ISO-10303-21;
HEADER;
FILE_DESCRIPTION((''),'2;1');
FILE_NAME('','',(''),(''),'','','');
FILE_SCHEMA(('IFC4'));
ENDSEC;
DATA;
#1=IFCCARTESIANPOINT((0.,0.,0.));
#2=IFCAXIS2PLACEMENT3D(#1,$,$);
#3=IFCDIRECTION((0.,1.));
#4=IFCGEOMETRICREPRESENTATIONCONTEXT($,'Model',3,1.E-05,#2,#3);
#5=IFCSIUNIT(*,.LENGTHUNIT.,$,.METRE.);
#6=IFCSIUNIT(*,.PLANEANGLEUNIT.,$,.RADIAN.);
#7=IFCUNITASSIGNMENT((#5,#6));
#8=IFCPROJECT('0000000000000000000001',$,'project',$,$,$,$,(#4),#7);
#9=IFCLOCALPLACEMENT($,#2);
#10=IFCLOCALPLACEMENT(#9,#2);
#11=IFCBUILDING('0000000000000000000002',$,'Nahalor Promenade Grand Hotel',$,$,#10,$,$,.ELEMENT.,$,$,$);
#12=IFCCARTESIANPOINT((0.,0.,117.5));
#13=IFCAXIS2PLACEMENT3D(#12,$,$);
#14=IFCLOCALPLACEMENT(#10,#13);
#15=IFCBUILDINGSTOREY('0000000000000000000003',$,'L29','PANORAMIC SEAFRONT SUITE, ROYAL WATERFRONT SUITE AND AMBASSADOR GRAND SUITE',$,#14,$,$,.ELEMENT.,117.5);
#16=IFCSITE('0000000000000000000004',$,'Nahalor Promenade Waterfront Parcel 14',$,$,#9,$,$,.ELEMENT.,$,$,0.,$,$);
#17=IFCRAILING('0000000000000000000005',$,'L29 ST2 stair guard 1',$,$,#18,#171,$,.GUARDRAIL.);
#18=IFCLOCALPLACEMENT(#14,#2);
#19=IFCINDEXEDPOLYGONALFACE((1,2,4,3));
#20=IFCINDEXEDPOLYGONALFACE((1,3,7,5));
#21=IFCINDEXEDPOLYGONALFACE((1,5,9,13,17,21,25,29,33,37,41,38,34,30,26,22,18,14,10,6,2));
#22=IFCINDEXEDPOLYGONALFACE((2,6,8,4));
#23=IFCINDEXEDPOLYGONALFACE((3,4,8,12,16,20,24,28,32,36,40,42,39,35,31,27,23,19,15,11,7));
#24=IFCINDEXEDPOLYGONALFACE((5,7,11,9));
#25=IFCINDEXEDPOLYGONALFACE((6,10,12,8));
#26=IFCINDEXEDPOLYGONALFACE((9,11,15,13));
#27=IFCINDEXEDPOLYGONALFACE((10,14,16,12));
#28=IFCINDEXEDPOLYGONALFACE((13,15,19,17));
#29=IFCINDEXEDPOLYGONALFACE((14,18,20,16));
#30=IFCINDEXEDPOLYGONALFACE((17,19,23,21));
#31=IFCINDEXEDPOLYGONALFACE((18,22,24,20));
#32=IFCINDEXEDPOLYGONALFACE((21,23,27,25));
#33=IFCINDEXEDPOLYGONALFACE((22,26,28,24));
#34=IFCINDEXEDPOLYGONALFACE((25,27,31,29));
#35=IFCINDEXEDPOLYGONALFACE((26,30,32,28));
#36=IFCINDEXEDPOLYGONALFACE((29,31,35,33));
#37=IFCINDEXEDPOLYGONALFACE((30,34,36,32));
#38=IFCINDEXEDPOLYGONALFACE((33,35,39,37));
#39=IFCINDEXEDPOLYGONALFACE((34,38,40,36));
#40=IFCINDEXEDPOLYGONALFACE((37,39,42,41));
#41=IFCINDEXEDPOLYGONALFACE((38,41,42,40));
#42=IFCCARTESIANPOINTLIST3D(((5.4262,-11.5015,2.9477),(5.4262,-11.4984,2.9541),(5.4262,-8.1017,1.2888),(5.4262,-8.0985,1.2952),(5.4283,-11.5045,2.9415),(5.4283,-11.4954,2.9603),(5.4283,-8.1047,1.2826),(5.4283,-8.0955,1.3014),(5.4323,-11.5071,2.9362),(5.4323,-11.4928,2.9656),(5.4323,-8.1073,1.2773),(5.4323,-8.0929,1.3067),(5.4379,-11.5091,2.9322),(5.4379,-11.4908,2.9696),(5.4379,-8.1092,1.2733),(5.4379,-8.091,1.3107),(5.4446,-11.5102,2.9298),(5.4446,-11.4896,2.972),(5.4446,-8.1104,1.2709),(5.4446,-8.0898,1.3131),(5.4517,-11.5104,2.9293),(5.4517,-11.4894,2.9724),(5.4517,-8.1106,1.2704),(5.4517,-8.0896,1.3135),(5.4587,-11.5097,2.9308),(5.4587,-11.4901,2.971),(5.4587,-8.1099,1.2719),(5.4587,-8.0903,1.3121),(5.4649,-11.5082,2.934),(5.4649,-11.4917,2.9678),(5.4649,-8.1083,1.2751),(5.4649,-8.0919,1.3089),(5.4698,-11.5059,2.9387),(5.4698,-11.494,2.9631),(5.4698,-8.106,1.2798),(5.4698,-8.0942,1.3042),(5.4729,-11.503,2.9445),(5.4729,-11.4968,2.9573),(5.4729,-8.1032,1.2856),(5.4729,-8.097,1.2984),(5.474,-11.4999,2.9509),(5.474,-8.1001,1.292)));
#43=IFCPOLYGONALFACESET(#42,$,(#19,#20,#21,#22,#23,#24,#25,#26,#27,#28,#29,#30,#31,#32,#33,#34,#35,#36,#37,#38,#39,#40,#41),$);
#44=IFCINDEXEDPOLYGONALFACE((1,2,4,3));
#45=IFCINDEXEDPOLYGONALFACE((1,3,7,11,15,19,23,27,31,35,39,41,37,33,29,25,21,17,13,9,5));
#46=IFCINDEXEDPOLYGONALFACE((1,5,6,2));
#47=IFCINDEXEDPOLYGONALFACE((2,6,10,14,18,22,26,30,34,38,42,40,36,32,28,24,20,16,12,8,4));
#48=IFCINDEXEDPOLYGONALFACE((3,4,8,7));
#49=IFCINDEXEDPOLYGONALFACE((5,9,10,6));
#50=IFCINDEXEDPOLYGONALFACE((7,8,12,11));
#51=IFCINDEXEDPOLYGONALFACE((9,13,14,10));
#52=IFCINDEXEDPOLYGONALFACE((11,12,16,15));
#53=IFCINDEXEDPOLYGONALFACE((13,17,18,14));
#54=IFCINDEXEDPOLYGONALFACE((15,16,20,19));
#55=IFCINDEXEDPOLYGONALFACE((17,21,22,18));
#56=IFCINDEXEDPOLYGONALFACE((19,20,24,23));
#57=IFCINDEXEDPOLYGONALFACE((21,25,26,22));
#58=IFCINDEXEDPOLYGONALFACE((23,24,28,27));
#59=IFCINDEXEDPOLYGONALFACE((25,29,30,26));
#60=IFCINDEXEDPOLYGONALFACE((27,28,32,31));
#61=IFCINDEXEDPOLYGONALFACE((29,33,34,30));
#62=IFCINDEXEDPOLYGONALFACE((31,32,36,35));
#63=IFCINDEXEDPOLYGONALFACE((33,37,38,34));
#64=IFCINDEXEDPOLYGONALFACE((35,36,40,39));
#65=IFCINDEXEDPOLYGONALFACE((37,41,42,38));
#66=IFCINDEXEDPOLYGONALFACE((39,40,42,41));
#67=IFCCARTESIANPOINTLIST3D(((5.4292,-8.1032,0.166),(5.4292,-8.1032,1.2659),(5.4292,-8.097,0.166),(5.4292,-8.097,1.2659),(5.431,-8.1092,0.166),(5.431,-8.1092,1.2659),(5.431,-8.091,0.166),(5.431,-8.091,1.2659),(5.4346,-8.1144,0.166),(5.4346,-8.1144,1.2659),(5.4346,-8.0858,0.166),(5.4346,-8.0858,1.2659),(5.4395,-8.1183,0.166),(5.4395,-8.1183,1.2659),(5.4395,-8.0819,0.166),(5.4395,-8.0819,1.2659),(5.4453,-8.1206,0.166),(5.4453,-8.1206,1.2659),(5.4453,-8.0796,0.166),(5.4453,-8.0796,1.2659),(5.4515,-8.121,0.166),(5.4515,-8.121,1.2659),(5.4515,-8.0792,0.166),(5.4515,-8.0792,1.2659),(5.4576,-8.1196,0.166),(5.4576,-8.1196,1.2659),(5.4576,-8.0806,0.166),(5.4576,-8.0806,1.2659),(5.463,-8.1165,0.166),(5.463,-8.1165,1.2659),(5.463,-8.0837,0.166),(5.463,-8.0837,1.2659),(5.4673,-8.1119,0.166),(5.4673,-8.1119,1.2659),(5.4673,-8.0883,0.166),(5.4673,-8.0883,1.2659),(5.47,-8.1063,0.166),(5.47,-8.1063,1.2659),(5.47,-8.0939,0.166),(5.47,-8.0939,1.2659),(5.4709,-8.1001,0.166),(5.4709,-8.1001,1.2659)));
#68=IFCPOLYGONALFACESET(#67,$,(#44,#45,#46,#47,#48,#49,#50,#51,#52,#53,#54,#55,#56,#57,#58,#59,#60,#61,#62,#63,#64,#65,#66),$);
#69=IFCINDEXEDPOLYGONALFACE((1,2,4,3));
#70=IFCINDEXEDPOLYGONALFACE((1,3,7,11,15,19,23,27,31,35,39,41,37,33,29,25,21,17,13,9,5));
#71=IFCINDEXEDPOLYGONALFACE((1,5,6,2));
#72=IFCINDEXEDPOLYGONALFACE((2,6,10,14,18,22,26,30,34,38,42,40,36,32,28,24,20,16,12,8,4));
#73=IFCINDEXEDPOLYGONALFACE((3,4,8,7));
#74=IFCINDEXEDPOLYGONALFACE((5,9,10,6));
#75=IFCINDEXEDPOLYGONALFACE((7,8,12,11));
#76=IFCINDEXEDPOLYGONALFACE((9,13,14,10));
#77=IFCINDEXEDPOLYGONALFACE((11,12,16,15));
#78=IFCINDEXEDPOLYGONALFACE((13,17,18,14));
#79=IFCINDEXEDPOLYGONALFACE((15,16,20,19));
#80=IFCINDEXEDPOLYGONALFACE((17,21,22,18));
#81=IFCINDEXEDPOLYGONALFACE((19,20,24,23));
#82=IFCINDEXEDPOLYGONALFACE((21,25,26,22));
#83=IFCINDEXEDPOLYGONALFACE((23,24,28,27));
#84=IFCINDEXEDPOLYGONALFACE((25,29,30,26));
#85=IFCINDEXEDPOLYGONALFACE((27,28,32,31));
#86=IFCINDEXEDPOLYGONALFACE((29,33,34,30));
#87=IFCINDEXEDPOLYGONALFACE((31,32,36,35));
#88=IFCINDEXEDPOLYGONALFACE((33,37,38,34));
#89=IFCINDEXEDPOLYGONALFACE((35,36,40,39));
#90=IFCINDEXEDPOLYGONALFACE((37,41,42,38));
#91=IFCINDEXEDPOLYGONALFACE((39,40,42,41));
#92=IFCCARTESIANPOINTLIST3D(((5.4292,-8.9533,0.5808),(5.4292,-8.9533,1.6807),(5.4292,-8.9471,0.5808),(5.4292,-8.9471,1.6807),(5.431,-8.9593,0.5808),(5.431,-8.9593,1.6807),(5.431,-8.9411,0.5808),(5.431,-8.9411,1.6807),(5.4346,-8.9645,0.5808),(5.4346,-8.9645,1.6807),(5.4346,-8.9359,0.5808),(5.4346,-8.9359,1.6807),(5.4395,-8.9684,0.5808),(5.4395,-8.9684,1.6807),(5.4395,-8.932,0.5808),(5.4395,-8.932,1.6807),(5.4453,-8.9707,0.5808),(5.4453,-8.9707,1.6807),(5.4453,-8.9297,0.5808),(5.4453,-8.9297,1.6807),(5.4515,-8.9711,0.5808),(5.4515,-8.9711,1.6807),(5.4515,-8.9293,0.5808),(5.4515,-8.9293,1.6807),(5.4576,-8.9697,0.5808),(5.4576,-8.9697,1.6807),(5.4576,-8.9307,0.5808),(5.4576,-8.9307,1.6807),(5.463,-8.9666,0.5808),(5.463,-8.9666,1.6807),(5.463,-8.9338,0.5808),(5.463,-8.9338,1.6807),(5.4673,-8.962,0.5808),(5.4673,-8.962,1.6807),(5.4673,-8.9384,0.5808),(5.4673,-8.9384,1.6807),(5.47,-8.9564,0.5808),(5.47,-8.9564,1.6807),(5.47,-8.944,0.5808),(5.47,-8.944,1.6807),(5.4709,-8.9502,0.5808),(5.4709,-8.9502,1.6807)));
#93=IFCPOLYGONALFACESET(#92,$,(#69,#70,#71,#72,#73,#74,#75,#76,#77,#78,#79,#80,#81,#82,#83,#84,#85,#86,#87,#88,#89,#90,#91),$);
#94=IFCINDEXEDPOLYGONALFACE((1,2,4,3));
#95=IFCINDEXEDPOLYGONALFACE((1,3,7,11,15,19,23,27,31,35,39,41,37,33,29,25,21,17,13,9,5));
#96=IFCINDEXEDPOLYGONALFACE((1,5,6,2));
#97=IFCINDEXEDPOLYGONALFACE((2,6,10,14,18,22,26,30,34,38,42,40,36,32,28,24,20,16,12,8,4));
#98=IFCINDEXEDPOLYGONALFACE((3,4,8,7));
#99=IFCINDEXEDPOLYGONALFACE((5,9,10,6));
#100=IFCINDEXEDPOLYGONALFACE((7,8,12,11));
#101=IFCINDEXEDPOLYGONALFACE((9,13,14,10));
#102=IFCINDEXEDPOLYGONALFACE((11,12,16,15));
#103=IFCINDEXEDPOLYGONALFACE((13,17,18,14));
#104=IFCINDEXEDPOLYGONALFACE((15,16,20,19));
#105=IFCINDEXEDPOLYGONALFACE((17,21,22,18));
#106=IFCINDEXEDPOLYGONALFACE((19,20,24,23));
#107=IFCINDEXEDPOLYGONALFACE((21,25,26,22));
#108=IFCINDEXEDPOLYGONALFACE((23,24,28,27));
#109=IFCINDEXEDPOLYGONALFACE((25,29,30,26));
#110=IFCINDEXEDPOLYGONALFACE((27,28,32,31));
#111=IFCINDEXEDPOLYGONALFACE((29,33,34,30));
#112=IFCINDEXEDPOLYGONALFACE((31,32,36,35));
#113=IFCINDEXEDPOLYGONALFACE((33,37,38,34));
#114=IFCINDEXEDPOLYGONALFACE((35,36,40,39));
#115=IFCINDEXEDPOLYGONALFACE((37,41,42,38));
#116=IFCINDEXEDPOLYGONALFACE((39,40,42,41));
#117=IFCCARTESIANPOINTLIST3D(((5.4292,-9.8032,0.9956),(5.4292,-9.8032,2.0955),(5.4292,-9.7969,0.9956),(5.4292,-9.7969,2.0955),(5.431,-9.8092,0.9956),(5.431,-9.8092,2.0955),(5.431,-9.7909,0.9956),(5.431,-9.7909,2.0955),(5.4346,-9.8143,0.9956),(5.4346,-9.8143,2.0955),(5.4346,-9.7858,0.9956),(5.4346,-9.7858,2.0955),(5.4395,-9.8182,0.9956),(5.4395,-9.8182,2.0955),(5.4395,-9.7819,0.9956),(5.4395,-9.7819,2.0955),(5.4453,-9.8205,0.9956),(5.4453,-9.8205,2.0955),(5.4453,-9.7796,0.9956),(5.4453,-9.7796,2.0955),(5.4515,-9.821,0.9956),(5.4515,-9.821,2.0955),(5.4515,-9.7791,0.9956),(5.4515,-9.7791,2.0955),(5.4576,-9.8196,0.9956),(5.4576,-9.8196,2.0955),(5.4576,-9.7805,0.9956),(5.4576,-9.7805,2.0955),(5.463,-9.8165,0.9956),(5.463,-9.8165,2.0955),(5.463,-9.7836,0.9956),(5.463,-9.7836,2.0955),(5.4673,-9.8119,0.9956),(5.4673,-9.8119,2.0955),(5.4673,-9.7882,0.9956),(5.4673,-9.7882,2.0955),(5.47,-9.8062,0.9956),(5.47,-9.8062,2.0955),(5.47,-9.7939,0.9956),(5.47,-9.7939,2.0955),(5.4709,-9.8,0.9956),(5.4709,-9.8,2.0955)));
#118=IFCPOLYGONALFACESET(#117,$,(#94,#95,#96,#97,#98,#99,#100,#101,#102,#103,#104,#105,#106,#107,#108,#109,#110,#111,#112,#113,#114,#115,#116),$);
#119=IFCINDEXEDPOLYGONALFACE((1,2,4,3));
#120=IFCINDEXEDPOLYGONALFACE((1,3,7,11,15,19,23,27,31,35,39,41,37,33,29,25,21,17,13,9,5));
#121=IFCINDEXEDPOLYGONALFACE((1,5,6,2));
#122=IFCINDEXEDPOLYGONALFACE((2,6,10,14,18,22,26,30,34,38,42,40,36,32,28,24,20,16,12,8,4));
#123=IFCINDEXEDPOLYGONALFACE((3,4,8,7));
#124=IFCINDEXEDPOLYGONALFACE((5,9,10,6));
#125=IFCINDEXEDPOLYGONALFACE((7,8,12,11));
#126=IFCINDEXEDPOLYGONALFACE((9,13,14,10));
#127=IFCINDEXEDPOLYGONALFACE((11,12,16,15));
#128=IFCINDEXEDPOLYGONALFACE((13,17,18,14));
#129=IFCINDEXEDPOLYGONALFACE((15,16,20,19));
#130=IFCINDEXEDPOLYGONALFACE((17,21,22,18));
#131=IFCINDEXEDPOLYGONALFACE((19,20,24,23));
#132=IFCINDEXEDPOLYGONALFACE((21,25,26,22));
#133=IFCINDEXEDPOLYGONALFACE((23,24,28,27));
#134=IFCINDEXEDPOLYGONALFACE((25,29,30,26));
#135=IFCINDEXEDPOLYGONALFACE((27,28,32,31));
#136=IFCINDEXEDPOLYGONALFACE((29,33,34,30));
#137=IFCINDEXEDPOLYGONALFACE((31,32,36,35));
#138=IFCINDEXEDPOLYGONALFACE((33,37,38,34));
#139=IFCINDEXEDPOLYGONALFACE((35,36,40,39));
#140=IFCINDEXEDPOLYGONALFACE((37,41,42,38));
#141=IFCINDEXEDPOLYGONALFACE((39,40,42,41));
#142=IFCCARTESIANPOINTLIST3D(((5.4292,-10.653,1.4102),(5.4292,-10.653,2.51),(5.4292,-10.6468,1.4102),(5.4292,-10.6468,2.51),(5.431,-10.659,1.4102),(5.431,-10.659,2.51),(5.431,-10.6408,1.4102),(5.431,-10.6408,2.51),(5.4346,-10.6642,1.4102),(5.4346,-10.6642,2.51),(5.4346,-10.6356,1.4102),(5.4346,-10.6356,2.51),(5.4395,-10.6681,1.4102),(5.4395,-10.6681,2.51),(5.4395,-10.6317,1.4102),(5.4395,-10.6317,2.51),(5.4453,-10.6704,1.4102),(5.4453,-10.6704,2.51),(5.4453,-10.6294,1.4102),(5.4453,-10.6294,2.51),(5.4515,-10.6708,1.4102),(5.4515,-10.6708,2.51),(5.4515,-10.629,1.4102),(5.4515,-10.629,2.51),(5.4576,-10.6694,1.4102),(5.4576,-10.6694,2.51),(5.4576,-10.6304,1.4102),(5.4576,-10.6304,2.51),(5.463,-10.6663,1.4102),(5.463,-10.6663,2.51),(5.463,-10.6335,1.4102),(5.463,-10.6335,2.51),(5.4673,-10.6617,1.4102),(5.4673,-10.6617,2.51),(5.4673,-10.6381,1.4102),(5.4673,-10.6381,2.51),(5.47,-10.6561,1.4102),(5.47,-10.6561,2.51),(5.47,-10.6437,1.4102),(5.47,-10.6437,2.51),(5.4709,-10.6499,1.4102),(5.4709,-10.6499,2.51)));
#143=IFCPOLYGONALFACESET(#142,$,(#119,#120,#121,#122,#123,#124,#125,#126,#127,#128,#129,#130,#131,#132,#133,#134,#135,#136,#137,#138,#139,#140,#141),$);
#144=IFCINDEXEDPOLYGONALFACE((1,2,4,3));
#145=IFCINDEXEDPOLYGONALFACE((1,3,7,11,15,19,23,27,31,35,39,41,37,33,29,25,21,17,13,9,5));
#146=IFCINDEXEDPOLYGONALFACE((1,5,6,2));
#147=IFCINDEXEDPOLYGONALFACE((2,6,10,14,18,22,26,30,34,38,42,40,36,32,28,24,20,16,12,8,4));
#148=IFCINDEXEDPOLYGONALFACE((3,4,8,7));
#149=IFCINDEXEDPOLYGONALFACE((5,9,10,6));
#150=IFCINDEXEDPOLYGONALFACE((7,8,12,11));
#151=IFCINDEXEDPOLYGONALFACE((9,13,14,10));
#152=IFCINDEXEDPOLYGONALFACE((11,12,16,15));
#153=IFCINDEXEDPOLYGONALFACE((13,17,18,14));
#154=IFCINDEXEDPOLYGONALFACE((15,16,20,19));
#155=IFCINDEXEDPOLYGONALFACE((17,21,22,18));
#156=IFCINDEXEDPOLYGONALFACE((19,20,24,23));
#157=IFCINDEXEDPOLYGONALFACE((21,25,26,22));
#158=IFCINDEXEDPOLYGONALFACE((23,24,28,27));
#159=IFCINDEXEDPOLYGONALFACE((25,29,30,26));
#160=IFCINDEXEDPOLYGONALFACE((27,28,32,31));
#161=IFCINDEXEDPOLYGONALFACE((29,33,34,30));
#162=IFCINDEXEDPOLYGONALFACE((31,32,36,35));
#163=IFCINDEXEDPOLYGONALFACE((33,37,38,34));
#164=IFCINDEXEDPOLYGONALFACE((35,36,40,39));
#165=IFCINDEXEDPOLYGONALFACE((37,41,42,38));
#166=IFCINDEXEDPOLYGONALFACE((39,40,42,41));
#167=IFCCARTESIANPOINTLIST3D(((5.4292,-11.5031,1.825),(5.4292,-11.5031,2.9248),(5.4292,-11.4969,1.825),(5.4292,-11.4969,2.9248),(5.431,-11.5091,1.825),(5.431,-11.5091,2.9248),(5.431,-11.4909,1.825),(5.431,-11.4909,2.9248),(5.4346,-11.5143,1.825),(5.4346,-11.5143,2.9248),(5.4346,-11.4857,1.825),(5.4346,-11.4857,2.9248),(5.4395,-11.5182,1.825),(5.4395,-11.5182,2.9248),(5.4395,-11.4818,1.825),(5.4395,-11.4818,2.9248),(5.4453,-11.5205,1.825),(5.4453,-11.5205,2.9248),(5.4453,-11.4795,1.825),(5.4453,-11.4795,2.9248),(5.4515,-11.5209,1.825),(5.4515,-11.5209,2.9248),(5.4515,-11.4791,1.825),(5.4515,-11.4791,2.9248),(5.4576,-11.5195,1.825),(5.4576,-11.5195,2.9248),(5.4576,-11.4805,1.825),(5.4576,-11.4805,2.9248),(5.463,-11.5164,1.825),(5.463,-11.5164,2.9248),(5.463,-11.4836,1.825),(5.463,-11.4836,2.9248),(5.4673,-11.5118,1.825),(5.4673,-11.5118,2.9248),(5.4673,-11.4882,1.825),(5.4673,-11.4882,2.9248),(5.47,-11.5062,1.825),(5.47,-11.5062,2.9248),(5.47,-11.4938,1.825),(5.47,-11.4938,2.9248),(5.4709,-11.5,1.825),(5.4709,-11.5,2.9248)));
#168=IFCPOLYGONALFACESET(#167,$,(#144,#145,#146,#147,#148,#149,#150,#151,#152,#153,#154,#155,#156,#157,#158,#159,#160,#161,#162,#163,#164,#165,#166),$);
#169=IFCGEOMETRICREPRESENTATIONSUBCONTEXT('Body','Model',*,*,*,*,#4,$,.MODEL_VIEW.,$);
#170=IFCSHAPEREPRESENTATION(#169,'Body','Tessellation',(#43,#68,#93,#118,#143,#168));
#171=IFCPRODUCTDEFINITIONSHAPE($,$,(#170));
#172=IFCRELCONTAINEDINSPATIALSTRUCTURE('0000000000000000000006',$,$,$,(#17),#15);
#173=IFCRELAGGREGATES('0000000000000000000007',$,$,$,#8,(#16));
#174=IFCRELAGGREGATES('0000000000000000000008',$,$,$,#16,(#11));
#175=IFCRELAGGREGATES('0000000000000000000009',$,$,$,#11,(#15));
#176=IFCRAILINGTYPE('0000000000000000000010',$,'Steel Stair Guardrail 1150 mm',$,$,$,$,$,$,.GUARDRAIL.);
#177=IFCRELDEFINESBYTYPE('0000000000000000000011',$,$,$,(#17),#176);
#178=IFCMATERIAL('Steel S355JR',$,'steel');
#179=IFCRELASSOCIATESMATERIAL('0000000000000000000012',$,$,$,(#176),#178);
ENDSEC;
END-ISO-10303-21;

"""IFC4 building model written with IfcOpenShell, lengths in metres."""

from ifc_helpers import new_model, si_unit, direction, frame, origin, origin_2d, place, context, subcontext, project, spatial, circle, extrude, material, type_object, element, save


model = new_model("IFC4")

# Units and contexts
model_context = context("Model", 3, precision=1e-05, world=origin(), true_north=direction((0.0, 1.0)))
body_context = subcontext(model_context, "Body", "Model", "MODEL_VIEW")
ifc_project = project(units=[si_unit("LENGTHUNIT", "METRE"), si_unit("PLANEANGLEUNIT", "RADIAN")], contexts=[model_context])

# Site, building, storey
site_placement = place(None, origin())
site = spatial("IfcSite", under=ifc_project, at=site_placement, Name="Nahalor Promenade Waterfront Parcel 14", CompositionType="ELEMENT", RefElevation=0.0)
building_placement = place(site_placement, origin())
building = spatial("IfcBuilding", under=site, at=building_placement, Name="Nahalor Promenade Grand Hotel", CompositionType="ELEMENT")
storey_placement = place(building_placement, frame((0.0, 0.0, 117.5)))
storey = spatial("IfcBuildingStorey", under=building, at=storey_placement, Name="L29", Description="PANORAMIC SEAFRONT SUITE, ROYAL WATERFRONT SUITE AND AMBASSADOR GRAND SUITE", CompositionType="ELEMENT", Elevation=117.5)

# Shared definitions
ifc_material_1 = material(Name="Steel S355JR", Category="steel")

# Railing
railing_type_1 = type_object("IfcRailingType", Name="Steel Stair Guardrail 1150 mm", PredefinedType="GUARDRAIL", material=ifc_material_1)
railing_1_placement = place(storey_placement, frame((5.45, -8.1001, 0.166)))
element("IfcRailing", 1, at=railing_1_placement, inside=storey, type_object=railing_type_1, Name="L29 ST2 stair guard 1", PredefinedType="GUARDRAIL", context=body_context, shape_type="SweptSolid", body=[
    extrude(circle(Radius=0.024, at=origin_2d()), frame((0.0, 0.0, 1.126), z_axis=(0.0, -0.898722, 0.438519), x_axis=(1.0, 0.0, 0.0)), (0.0, 0.0, 1.0), 3.783),
    extrude(circle(Radius=0.021, at=origin_2d()), origin(), (0.0, 0.0, 1.0), 1.0999),
    extrude(circle(Radius=0.021, at=origin_2d()), frame((0.0, -0.8501, 0.4148)), (0.0, 0.0, 1.0), 1.0999),
    extrude(circle(Radius=0.021, at=origin_2d()), frame((0.0, -1.7, 0.8296)), (0.0, 0.0, 1.0), 1.0999),
    extrude(circle(Radius=0.021, at=origin_2d()), frame((0.0, -2.5498, 1.2441)), (0.0, 0.0, 1.0), 1.0999),
    extrude(circle(Radius=0.021, at=origin_2d()), frame((0.0, -3.3999, 1.6589)), (0.0, 0.0, 1.0), 1.0999),
])

save(model, "model.ifc")
